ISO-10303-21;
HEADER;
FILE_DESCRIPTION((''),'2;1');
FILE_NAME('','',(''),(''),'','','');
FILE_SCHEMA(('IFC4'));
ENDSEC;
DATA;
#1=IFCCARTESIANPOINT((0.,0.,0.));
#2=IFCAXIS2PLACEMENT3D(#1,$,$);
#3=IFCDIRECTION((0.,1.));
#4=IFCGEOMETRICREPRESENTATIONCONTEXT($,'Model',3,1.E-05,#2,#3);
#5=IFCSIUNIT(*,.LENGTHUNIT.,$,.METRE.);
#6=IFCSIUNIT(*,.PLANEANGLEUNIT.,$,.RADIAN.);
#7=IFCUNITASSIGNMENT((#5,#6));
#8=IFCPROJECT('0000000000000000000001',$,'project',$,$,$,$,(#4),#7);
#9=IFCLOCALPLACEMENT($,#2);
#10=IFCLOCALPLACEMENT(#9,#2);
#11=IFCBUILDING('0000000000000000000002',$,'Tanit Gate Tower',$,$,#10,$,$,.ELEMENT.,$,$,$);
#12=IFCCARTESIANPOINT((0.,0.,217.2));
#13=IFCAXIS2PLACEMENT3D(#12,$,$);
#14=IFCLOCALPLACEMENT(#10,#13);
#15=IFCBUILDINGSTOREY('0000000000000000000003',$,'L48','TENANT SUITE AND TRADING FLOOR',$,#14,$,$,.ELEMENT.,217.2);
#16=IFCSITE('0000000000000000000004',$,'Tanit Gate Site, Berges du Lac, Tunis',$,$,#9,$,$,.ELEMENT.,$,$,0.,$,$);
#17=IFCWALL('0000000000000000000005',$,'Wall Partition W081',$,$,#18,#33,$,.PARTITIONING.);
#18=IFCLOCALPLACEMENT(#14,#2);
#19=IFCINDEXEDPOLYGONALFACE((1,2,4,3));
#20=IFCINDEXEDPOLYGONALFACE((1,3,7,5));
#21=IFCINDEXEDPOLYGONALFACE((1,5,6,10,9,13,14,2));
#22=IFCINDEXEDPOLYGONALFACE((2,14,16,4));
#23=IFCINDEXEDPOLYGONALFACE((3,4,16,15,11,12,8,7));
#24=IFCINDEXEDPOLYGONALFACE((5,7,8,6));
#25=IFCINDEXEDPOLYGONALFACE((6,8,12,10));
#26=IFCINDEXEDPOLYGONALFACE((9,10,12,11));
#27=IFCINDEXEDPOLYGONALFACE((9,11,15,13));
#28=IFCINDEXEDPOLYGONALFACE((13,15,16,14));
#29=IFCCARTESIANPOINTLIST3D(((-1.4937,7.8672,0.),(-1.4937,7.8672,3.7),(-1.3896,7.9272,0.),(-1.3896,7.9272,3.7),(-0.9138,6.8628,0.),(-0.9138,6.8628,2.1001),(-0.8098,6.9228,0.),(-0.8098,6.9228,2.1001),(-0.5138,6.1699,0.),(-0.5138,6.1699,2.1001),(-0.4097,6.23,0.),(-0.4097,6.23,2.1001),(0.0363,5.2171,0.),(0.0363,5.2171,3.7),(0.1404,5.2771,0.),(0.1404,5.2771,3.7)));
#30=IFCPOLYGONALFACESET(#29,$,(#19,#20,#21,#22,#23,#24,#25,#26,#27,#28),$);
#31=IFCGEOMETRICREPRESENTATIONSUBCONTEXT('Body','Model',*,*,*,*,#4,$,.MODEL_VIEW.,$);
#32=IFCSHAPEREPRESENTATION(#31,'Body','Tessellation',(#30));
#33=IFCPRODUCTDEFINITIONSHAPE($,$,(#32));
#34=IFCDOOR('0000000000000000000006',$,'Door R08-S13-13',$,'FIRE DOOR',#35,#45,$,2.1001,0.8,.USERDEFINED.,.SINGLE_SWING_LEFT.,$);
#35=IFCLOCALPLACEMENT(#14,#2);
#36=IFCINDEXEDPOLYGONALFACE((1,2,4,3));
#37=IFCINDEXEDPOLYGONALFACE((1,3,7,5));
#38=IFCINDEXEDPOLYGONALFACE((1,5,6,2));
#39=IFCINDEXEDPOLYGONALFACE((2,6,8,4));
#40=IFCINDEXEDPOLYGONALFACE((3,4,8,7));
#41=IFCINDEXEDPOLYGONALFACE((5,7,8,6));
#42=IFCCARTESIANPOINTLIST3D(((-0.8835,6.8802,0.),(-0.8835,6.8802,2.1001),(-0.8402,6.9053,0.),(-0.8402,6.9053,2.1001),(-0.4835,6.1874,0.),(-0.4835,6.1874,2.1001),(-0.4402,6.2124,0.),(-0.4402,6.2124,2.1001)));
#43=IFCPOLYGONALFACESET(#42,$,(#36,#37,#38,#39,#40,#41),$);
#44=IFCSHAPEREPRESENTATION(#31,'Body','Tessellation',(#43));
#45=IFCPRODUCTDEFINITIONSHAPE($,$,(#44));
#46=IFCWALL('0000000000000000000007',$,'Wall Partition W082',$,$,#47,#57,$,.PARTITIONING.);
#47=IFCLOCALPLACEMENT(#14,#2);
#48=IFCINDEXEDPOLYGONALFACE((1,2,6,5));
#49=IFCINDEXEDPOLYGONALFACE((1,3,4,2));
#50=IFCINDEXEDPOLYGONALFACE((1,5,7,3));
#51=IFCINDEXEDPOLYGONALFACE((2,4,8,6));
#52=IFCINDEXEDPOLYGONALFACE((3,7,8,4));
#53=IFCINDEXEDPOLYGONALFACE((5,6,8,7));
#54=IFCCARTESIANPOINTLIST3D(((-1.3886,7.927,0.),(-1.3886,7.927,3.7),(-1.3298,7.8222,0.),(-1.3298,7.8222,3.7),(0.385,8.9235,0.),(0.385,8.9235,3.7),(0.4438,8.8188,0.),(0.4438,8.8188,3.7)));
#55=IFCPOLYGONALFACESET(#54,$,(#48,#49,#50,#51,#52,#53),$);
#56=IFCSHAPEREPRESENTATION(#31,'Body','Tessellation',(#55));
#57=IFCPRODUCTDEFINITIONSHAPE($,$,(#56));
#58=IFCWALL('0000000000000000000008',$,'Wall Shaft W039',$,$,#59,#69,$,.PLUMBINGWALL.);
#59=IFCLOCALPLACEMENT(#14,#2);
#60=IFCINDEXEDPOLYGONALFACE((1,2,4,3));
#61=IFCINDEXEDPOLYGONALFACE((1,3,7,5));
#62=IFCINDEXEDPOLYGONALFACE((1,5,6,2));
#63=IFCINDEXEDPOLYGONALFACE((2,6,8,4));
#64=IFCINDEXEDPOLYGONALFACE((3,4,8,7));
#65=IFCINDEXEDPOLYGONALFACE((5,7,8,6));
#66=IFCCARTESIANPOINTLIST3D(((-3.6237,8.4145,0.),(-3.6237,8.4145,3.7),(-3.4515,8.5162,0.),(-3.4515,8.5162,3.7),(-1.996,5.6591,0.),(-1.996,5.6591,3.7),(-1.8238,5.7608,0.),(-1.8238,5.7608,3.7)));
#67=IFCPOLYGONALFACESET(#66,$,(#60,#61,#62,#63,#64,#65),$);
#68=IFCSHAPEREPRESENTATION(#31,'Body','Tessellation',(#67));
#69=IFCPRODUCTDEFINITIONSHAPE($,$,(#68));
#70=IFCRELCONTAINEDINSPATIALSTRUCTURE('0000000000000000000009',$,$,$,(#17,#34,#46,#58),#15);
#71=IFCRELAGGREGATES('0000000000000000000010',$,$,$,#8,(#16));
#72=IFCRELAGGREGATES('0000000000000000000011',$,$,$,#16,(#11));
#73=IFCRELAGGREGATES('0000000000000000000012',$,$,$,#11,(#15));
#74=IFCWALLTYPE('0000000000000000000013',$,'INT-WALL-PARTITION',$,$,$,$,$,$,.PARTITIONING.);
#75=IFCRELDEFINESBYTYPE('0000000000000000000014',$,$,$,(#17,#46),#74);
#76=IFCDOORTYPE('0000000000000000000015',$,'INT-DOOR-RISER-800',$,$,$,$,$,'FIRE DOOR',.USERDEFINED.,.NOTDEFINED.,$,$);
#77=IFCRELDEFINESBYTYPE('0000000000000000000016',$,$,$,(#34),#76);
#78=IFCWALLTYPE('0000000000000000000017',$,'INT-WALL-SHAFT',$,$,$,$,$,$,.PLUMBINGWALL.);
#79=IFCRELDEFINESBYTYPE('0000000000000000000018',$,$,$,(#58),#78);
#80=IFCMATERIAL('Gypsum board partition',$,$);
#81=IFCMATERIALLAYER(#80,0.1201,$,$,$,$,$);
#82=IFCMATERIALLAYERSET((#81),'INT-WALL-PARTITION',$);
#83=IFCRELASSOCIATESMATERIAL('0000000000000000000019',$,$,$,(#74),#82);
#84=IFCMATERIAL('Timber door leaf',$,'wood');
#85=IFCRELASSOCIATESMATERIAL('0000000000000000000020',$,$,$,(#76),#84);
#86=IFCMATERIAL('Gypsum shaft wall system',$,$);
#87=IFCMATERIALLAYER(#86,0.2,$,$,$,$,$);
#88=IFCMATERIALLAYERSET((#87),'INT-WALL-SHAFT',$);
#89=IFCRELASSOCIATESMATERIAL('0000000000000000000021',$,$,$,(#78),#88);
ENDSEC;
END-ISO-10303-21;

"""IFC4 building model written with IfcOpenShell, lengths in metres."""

from ifc_helpers import new_model, si_unit, direction, frame, frame_2d, origin, place, context, subcontext, project, spatial, rectangle, extrude, material, layer, layer_set, type_object, element, fill, save


model = new_model("IFC4")

# Units and contexts
model_context = context("Model", 3, precision=1e-05, world=origin(), true_north=direction((0.0, 1.0)))
body_context = subcontext(model_context, "Body", "Model", "MODEL_VIEW")
ifc_project = project(units=[si_unit("LENGTHUNIT", "METRE"), si_unit("PLANEANGLEUNIT", "RADIAN")], contexts=[model_context])

# Site, building, storey
site_placement = place(None, origin())
site = spatial("IfcSite", under=ifc_project, at=site_placement, Name="Tanit Gate Site, Berges du Lac, Tunis", CompositionType="ELEMENT", RefElevation=0.0)
building_placement = place(site_placement, origin())
building = spatial("IfcBuilding", under=site, at=building_placement, Name="Tanit Gate Tower", CompositionType="ELEMENT")
storey_placement = place(building_placement, frame((0.0, 0.0, 217.2)))
storey = spatial("IfcBuildingStorey", under=building, at=storey_placement, Name="L48", Description="TENANT SUITE AND TRADING FLOOR", CompositionType="ELEMENT", Elevation=217.2)

# Shared definitions
ifc_material_1 = material(Name="Gypsum board partition")
ifc_layer_1 = layer(ifc_material_1, 0.1201)
ifc_layer_set_1 = layer_set([ifc_layer_1], Name="INT-WALL-PARTITION")
wall_type_1 = type_object("IfcWallType", Name="INT-WALL-PARTITION", PredefinedType="PARTITIONING", material=ifc_layer_set_1)

# Wall, opening, door
ifc_material_2 = material(Name="Timber door leaf", Category="wood")
door_type_1 = type_object("IfcDoorType", Name="INT-DOOR-RISER-800", ElementType="FIRE DOOR", OperationType="NOTDEFINED", PredefinedType="USERDEFINED", material=ifc_material_2)
wall_1_placement = place(storey_placement, frame((-1.4417, 7.8972, 0.0), z_axis=(0.0, 0.0, 1.0), x_axis=(0.499992, -0.86603, 0.0)))
wall_1 = element("IfcWall", 1, at=wall_1_placement, inside=storey, type_object=wall_type_1, Name="Wall Partition W081", PredefinedType="PARTITIONING", context=body_context, shape_type="SweptSolid", body=[
    extrude(rectangle(XDim=3.0601, YDim=0.1201, at=frame_2d((1.53, 0.0))), origin(), (0.0, 0.0, 1.0), 3.7),
])
opening_1_placement = place(wall_1_placement, frame((1.1599, 0.0, 0.0)))
opening_1 = element("IfcOpeningElement", 2, at=opening_1_placement, cuts=wall_1, PredefinedType="OPENING", context=body_context, shape_type="SweptSolid", body=[
    extrude(rectangle(XDim=0.8, YDim=2.1001, at=frame_2d((0.3999, 1.05))), frame((0.0, 0.0701, 0.0), z_axis=(0.0, -1.0, 0.0), x_axis=(1.0, 0.0, 0.0)), (0.0, 0.0, 1.0), 0.1401),
])
door_1_placement = place(opening_1_placement, origin())
door_1 = element("IfcDoor", 3, at=door_1_placement, inside=storey, type_object=door_type_1, Name="Door R08-S13-13", ObjectType="FIRE DOOR", OperationType="SINGLE_SWING_LEFT", OverallHeight=2.1001, OverallWidth=0.8, PredefinedType="USERDEFINED", context=body_context, shape_type="SweptSolid", body=[
    extrude(rectangle(XDim=0.8, YDim=2.1001, at=frame_2d((0.3999, 1.05))), frame((0.0, 0.0249, 0.0), z_axis=(0.0, -1.0, 0.0), x_axis=(1.0, 0.0, 0.0)), (0.0, 0.0, 1.0), 0.05),
])
fill(opening_1, door_1)

# Walls
wall_2_placement = place(storey_placement, frame((0.4143, 8.8711, 0.0), z_axis=(0.0, 0.0, 1.0), x_axis=(-0.871809, -0.489845, 0.0)))
element("IfcWall", 4, at=wall_2_placement, inside=storey, type_object=wall_type_1, Name="Wall Partition W082", PredefinedType="PARTITIONING", context=body_context, shape_type="SweptSolid", body=[
    extrude(rectangle(XDim=2.0344, YDim=0.1201, at=frame_2d((1.0171, 0.0))), origin(), (0.0, 0.0, 1.0), 3.7),
])
ifc_material_3 = material(Name="Gypsum shaft wall system")
ifc_layer_2 = layer(ifc_material_3, 0.2)
ifc_layer_set_2 = layer_set([ifc_layer_2], Name="INT-WALL-SHAFT")
wall_type_2 = type_object("IfcWallType", Name="INT-WALL-SHAFT", PredefinedType="PLUMBINGWALL", material=ifc_layer_set_2)
wall_3_placement = place(storey_placement, frame((-3.5376, 8.4653, 0.0), z_axis=(0.0, 0.0, 1.0), x_axis=(0.508616, -0.860993, 0.0)))
element("IfcWall", 5, at=wall_3_placement, inside=storey, type_object=wall_type_2, Name="Wall Shaft W039", PredefinedType="PLUMBINGWALL", context=body_context, shape_type="SweptSolid", body=[
    extrude(rectangle(XDim=3.2002, YDim=0.2, at=frame_2d((1.6001, 0.0))), origin(), (0.0, 0.0, 1.0), 3.7),
])

save(model, "model.ifc")
